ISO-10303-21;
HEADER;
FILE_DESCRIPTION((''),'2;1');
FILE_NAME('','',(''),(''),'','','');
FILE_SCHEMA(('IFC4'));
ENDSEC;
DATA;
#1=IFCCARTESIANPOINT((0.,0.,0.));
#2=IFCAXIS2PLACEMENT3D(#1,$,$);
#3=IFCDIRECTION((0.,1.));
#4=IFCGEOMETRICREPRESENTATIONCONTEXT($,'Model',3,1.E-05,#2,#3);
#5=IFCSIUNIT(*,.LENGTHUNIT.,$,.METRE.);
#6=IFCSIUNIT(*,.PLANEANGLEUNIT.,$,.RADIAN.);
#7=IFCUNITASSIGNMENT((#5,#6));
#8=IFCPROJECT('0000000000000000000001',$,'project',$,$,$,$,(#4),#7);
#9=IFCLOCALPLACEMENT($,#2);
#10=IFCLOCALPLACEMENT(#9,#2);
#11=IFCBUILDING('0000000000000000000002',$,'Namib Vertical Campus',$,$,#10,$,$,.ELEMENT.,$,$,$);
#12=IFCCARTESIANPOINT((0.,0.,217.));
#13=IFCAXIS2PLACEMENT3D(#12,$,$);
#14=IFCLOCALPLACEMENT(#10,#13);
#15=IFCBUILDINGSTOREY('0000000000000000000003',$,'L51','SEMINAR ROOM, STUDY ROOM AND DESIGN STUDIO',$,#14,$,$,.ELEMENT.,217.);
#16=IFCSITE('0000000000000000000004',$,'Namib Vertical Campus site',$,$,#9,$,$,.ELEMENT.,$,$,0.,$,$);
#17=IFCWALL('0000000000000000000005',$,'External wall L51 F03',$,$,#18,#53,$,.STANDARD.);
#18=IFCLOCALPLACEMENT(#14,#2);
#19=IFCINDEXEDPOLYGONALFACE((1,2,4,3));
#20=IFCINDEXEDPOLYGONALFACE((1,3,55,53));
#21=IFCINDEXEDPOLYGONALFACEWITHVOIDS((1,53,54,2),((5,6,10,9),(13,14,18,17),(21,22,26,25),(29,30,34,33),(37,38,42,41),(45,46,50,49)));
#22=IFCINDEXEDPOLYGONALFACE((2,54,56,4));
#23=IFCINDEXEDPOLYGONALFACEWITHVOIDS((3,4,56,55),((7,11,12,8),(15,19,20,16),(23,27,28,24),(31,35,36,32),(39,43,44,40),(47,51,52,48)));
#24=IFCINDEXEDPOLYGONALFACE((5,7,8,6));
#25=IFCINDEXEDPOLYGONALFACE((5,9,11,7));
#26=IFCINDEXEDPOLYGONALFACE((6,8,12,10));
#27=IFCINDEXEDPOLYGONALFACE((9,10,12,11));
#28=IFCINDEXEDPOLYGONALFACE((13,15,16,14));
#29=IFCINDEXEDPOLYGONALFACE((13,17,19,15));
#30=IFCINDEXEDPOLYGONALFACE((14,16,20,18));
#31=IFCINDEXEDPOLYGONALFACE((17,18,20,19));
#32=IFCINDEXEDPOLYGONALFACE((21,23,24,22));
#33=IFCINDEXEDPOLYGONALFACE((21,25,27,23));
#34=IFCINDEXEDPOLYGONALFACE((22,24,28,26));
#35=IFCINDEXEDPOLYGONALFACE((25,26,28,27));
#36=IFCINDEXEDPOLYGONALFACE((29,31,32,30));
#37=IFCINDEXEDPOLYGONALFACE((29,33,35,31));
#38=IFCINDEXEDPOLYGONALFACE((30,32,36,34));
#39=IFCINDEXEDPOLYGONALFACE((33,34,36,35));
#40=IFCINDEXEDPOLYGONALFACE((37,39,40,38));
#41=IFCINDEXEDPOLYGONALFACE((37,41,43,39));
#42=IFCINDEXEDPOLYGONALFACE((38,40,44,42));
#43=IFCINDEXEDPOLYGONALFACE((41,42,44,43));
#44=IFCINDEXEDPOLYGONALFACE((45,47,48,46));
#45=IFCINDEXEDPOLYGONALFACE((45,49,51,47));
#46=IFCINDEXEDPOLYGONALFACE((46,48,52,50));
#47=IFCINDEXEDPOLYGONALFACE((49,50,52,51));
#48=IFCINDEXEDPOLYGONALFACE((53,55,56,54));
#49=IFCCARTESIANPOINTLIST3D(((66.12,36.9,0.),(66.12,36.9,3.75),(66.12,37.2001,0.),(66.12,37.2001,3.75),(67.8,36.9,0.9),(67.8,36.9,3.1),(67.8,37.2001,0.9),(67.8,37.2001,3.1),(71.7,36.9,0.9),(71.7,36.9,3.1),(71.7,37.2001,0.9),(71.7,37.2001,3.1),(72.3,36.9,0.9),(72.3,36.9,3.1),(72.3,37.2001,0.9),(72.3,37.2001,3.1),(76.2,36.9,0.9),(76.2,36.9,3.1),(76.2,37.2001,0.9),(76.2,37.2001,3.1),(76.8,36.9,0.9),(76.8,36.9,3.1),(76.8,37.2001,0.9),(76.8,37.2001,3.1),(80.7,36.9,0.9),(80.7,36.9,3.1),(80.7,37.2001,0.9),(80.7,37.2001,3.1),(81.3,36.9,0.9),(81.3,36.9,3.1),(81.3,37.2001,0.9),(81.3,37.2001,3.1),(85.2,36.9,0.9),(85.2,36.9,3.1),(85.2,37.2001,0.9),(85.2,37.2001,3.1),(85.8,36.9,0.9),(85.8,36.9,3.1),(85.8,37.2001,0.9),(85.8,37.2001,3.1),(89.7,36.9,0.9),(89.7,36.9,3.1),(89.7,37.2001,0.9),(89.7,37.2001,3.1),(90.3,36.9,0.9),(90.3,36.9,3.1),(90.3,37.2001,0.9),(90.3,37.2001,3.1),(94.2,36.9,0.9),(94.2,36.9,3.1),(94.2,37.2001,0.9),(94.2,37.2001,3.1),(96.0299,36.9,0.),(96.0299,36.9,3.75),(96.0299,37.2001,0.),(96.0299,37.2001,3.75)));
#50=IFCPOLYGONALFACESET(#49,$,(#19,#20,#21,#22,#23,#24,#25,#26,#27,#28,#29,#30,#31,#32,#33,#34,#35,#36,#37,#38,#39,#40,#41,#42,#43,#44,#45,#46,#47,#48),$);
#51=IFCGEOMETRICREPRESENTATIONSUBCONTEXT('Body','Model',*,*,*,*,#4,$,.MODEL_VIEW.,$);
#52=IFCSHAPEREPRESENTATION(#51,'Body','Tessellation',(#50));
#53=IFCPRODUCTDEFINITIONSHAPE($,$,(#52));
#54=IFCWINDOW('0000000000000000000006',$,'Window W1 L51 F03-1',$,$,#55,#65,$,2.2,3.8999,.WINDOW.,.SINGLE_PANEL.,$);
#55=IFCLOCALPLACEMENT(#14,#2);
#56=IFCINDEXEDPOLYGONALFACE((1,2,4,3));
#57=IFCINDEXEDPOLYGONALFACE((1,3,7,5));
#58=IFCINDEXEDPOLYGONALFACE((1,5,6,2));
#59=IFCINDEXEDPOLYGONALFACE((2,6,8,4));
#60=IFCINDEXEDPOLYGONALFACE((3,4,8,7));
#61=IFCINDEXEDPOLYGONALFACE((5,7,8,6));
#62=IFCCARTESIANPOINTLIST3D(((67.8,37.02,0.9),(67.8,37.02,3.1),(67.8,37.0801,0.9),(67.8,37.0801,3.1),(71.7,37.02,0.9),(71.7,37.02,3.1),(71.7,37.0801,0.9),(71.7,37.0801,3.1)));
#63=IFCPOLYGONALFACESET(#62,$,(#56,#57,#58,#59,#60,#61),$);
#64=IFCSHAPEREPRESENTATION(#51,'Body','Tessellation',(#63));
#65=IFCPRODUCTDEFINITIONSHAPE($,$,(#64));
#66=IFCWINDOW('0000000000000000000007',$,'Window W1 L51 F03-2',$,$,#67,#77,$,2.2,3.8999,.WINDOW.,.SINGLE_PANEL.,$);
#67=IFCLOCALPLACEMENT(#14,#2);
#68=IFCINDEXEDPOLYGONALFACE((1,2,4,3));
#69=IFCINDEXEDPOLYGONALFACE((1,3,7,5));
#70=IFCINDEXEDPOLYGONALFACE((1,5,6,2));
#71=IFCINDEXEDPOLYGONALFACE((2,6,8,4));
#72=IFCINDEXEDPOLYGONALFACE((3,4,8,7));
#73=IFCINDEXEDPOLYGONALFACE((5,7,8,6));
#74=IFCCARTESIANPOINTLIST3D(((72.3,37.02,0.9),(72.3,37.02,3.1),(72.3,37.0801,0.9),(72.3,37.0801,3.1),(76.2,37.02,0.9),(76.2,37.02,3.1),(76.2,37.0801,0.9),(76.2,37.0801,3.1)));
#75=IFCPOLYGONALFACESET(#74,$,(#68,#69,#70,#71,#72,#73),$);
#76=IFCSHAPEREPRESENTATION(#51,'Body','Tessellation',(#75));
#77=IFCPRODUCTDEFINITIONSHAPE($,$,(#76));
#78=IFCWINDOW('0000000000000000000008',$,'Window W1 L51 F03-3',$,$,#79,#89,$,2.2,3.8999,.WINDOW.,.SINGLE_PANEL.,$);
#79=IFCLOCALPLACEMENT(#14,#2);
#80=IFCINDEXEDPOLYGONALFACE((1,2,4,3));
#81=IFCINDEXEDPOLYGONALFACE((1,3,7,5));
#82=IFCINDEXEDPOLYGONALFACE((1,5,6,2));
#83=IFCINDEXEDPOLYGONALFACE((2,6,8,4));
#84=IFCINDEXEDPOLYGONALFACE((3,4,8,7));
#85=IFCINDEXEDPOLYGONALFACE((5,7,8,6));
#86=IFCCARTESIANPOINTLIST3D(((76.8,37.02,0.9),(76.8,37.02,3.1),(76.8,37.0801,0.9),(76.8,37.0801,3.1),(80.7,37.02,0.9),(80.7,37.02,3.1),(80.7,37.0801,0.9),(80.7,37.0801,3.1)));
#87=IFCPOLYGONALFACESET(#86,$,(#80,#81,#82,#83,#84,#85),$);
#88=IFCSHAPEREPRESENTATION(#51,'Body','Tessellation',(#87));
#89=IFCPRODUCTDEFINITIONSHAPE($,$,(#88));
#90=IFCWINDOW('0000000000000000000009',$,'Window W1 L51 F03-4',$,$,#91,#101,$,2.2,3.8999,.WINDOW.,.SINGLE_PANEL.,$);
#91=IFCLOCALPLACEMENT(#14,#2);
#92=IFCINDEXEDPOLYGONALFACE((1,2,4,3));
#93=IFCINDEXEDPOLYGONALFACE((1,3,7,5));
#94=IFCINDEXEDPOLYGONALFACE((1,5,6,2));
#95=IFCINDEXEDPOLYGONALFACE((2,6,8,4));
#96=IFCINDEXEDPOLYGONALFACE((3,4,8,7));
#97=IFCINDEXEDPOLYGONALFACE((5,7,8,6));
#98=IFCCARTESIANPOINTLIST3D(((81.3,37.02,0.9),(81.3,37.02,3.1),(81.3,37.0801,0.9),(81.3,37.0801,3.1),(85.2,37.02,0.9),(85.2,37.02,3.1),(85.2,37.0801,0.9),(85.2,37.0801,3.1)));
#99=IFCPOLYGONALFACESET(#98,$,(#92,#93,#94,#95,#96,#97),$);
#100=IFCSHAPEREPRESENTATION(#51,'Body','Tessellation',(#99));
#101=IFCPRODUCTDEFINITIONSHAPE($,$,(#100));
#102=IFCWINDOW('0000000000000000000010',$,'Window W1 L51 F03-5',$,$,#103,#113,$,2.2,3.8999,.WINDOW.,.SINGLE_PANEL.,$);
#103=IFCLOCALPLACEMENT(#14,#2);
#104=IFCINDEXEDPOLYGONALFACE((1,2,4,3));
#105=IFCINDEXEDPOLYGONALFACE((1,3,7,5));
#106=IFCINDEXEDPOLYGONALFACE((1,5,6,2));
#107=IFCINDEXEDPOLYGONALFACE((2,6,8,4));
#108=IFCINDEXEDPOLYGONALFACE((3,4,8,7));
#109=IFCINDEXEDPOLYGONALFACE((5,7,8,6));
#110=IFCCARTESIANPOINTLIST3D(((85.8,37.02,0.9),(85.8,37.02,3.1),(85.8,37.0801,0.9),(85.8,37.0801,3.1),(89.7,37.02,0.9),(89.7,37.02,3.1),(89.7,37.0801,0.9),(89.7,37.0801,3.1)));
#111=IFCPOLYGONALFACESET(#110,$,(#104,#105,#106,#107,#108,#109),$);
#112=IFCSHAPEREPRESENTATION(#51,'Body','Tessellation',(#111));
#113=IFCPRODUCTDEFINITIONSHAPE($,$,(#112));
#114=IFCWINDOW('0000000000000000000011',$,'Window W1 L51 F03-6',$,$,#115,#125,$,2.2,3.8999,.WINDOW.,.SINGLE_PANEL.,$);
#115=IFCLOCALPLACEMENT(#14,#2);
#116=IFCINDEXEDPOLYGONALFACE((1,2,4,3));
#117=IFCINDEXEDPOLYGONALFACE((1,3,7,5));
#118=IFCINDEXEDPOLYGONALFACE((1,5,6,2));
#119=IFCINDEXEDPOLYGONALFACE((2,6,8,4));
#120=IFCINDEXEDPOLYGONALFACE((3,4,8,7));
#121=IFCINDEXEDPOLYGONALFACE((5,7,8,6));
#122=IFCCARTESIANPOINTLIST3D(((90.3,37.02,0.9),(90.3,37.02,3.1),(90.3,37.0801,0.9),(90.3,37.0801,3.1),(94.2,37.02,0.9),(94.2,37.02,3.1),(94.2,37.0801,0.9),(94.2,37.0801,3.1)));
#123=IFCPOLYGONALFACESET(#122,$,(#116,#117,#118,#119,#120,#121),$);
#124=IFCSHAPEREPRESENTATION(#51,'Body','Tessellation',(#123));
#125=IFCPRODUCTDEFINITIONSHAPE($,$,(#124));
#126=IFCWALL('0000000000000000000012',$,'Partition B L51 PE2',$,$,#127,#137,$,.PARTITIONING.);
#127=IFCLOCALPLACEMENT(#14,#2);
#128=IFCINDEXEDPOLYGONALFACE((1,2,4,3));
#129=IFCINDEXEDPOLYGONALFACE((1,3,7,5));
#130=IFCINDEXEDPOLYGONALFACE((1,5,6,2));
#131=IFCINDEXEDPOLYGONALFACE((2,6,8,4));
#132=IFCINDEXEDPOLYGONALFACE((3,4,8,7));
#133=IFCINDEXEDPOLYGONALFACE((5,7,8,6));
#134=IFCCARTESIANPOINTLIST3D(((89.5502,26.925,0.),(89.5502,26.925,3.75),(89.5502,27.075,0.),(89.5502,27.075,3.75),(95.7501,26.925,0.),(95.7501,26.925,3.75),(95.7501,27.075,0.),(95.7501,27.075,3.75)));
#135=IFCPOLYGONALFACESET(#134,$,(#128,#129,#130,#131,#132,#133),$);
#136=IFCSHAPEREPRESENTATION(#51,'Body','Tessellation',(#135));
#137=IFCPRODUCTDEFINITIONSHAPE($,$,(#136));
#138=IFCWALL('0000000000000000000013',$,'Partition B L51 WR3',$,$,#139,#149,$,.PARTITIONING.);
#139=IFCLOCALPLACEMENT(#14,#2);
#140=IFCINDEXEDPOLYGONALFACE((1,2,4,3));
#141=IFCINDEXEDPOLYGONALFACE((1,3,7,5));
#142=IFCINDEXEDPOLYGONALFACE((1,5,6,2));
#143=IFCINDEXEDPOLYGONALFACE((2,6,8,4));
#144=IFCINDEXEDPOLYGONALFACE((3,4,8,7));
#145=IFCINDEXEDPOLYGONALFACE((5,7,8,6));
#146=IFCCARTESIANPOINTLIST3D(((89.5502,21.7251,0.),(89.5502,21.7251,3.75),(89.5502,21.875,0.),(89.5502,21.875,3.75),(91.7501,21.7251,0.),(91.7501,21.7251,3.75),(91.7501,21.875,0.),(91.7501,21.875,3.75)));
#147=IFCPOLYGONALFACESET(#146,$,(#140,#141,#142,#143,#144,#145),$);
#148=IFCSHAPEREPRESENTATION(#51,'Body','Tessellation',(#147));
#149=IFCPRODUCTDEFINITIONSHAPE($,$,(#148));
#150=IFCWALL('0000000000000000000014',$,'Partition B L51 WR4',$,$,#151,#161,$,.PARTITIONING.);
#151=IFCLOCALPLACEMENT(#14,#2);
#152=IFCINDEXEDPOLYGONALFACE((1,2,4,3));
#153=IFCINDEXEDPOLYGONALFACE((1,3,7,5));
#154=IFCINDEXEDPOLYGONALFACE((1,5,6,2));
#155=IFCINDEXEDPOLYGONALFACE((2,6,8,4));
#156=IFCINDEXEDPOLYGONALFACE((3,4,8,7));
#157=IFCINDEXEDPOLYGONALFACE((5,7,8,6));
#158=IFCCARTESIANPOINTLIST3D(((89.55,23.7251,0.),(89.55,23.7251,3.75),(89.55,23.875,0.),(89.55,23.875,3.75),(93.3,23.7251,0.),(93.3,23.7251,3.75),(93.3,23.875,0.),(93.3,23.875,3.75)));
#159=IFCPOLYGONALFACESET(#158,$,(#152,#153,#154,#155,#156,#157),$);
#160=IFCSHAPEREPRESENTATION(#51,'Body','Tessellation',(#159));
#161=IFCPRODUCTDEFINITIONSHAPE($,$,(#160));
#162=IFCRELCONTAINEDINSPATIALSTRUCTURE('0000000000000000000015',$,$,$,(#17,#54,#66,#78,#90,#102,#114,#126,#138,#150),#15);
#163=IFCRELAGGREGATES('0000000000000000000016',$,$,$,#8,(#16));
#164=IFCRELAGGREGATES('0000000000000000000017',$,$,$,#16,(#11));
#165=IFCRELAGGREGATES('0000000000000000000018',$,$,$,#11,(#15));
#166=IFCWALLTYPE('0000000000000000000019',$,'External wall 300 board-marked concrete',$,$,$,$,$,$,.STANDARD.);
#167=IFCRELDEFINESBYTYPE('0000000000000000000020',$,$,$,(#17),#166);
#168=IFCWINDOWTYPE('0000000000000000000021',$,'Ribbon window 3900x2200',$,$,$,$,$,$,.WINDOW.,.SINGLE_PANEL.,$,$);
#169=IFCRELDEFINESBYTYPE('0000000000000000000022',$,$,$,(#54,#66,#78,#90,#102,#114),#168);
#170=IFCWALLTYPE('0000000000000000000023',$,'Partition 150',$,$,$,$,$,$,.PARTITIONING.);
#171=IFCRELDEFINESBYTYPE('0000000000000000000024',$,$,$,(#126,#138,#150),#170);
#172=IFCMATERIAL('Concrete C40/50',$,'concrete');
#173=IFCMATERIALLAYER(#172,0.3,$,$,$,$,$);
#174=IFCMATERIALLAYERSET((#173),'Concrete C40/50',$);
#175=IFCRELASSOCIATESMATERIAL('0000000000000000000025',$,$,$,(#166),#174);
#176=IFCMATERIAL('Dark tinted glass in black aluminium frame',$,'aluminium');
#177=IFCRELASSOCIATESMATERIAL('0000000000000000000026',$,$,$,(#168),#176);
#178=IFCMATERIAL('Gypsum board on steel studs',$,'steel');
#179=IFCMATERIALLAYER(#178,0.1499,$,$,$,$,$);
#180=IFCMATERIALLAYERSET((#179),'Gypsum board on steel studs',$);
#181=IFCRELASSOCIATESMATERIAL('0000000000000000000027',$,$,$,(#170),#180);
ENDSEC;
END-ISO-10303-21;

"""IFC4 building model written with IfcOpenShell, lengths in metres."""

from ifc_helpers import new_model, si_unit, direction, frame, frame_2d, origin, place, context, subcontext, project, spatial, rectangle, extrude, material, layer, layer_set, type_object, element, fill, save


model = new_model("IFC4")

# Units and contexts
model_context = context("Model", 3, precision=1e-05, world=origin(), true_north=direction((0.0, 1.0)))
body_context = subcontext(model_context, "Body", "Model", "MODEL_VIEW")
ifc_project = project(units=[si_unit("LENGTHUNIT", "METRE"), si_unit("PLANEANGLEUNIT", "RADIAN")], contexts=[model_context])

# Site, building, storey
site_placement = place(None, origin())
site = spatial("IfcSite", under=ifc_project, at=site_placement, Name="Namib Vertical Campus site", CompositionType="ELEMENT", RefElevation=0.0)
building_placement = place(site_placement, origin())
building = spatial("IfcBuilding", under=site, at=building_placement, Name="Namib Vertical Campus", CompositionType="ELEMENT")
storey_placement = place(building_placement, frame((0.0, 0.0, 217.0)))
storey = spatial("IfcBuildingStorey", under=building, at=storey_placement, Name="L51", Description="SEMINAR ROOM, STUDY ROOM AND DESIGN STUDIO", CompositionType="ELEMENT", Elevation=217.0)

# Wall, openings, windows
ifc_material_1 = material(Name="Concrete C40/50", Category="concrete")
ifc_layer_1 = layer(ifc_material_1, 0.3)
ifc_layer_set_1 = layer_set([ifc_layer_1], Name="Concrete C40/50")
wall_type_1 = type_object("IfcWallType", Name="External wall 300 board-marked concrete", PredefinedType="STANDARD", material=ifc_layer_set_1)
wall_1_placement = place(storey_placement, frame((96.03, 37.05, 0.0), z_axis=(0.0, 0.0, 1.0), x_axis=(-1.0, 0.0, 0.0)))
wall_1 = element("IfcWall", 1, at=wall_1_placement, inside=storey, type_object=wall_type_1, Name="External wall L51 F03", PredefinedType="STANDARD", context=body_context, shape_type="SweptSolid", body=[
    extrude(rectangle(XDim=29.9099, YDim=0.3, at=frame_2d((14.9551, 0.0))), origin(), (0.0, 0.0, 1.0), 3.75),
])
opening_1_placement = place(wall_1_placement, frame((24.3301, 0.0, 0.8999)))
opening_1 = element("IfcOpeningElement", 2, at=opening_1_placement, cuts=wall_1, PredefinedType="OPENING", context=body_context, shape_type="SweptSolid", body=[
    extrude(rectangle(XDim=3.8999, YDim=2.2, at=frame_2d((1.95, 1.1001))), frame((0.0, 0.1599, 0.0), z_axis=(0.0, -1.0, 0.0), x_axis=(1.0, 0.0, 0.0)), (0.0, 0.0, 1.0), 0.3201),
])
opening_2_placement = place(wall_1_placement, frame((19.8301, 0.0, 0.8999)))
opening_2 = element("IfcOpeningElement", 3, at=opening_2_placement, cuts=wall_1, PredefinedType="OPENING", context=body_context, shape_type="SweptSolid", body=[
    extrude(rectangle(XDim=3.8999, YDim=2.2, at=frame_2d((1.95, 1.1001))), frame((0.0, 0.1599, 0.0), z_axis=(0.0, -1.0, 0.0), x_axis=(1.0, 0.0, 0.0)), (0.0, 0.0, 1.0), 0.3201),
])
opening_3_placement = place(wall_1_placement, frame((15.3301, 0.0, 0.8999)))
opening_3 = element("IfcOpeningElement", 4, at=opening_3_placement, cuts=wall_1, PredefinedType="OPENING", context=body_context, shape_type="SweptSolid", body=[
    extrude(rectangle(XDim=3.8999, YDim=2.2, at=frame_2d((1.95, 1.1001))), frame((0.0, 0.1599, 0.0), z_axis=(0.0, -1.0, 0.0), x_axis=(1.0, 0.0, 0.0)), (0.0, 0.0, 1.0), 0.3201),
])
opening_4_placement = place(wall_1_placement, frame((10.8301, 0.0, 0.8999)))
opening_4 = element("IfcOpeningElement", 5, at=opening_4_placement, cuts=wall_1, PredefinedType="OPENING", context=body_context, shape_type="SweptSolid", body=[
    extrude(rectangle(XDim=3.8999, YDim=2.2, at=frame_2d((1.95, 1.1001))), frame((0.0, 0.1599, 0.0), z_axis=(0.0, -1.0, 0.0), x_axis=(1.0, 0.0, 0.0)), (0.0, 0.0, 1.0), 0.3201),
])
opening_5_placement = place(wall_1_placement, frame((6.3301, 0.0, 0.8999)))
opening_5 = element("IfcOpeningElement", 6, at=opening_5_placement, cuts=wall_1, PredefinedType="OPENING", context=body_context, shape_type="SweptSolid", body=[
    extrude(rectangle(XDim=3.8999, YDim=2.2, at=frame_2d((1.95, 1.1001))), frame((0.0, 0.1599, 0.0), z_axis=(0.0, -1.0, 0.0), x_axis=(1.0, 0.0, 0.0)), (0.0, 0.0, 1.0), 0.3201),
])
opening_6_placement = place(wall_1_placement, frame((1.8301, 0.0, 0.8999)))
opening_6 = element("IfcOpeningElement", 7, at=opening_6_placement, cuts=wall_1, PredefinedType="OPENING", context=body_context, shape_type="SweptSolid", body=[
    extrude(rectangle(XDim=3.8999, YDim=2.2, at=frame_2d((1.95, 1.1001))), frame((0.0, 0.1599, 0.0), z_axis=(0.0, -1.0, 0.0), x_axis=(1.0, 0.0, 0.0)), (0.0, 0.0, 1.0), 0.3201),
])
ifc_material_2 = material(Name="Dark tinted glass in black aluminium frame", Category="aluminium")
window_type = type_object("IfcWindowType", Name="Ribbon window 3900x2200", PartitioningType="SINGLE_PANEL", PredefinedType="WINDOW", material=ifc_material_2)
window_1_placement = place(opening_1_placement, origin())
window_1 = element("IfcWindow", 8, at=window_1_placement, inside=storey, type_object=window_type, Name="Window W1 L51 F03-1", OverallHeight=2.2, OverallWidth=3.8999, PartitioningType="SINGLE_PANEL", PredefinedType="WINDOW", context=body_context, shape_type="SweptSolid", body=[
    extrude(rectangle(XDim=3.8999, YDim=2.2, at=frame_2d((1.95, 1.1001))), frame((0.0, 0.03, 0.0), z_axis=(0.0, -1.0, 0.0), x_axis=(1.0, 0.0, 0.0)), (0.0, 0.0, 1.0), 0.0601),
])
fill(opening_1, window_1)
window_2_placement = place(opening_2_placement, origin())
window_2 = element("IfcWindow", 9, at=window_2_placement, inside=storey, type_object=window_type, Name="Window W1 L51 F03-2", OverallHeight=2.2, OverallWidth=3.8999, PartitioningType="SINGLE_PANEL", PredefinedType="WINDOW", context=body_context, shape_type="SweptSolid", body=[
    extrude(rectangle(XDim=3.8999, YDim=2.2, at=frame_2d((1.95, 1.1001))), frame((0.0, 0.03, 0.0), z_axis=(0.0, -1.0, 0.0), x_axis=(1.0, 0.0, 0.0)), (0.0, 0.0, 1.0), 0.0601),
])
fill(opening_2, window_2)
window_3_placement = place(opening_3_placement, origin())
window_3 = element("IfcWindow", 10, at=window_3_placement, inside=storey, type_object=window_type, Name="Window W1 L51 F03-3", OverallHeight=2.2, OverallWidth=3.8999, PartitioningType="SINGLE_PANEL", PredefinedType="WINDOW", context=body_context, shape_type="SweptSolid", body=[
    extrude(rectangle(XDim=3.8999, YDim=2.2, at=frame_2d((1.95, 1.1001))), frame((0.0, 0.03, 0.0), z_axis=(0.0, -1.0, 0.0), x_axis=(1.0, 0.0, 0.0)), (0.0, 0.0, 1.0), 0.0601),
])
fill(opening_3, window_3)
window_4_placement = place(opening_4_placement, origin())
window_4 = element("IfcWindow", 11, at=window_4_placement, inside=storey, type_object=window_type, Name="Window W1 L51 F03-4", OverallHeight=2.2, OverallWidth=3.8999, PartitioningType="SINGLE_PANEL", PredefinedType="WINDOW", context=body_context, shape_type="SweptSolid", body=[
    extrude(rectangle(XDim=3.8999, YDim=2.2, at=frame_2d((1.95, 1.1001))), frame((0.0, 0.03, 0.0), z_axis=(0.0, -1.0, 0.0), x_axis=(1.0, 0.0, 0.0)), (0.0, 0.0, 1.0), 0.0601),
])
fill(opening_4, window_4)
window_5_placement = place(opening_5_placement, origin())
window_5 = element("IfcWindow", 12, at=window_5_placement, inside=storey, type_object=window_type, Name="Window W1 L51 F03-5", OverallHeight=2.2, OverallWidth=3.8999, PartitioningType="SINGLE_PANEL", PredefinedType="WINDOW", context=body_context, shape_type="SweptSolid", body=[
    extrude(rectangle(XDim=3.8999, YDim=2.2, at=frame_2d((1.95, 1.1001))), frame((0.0, 0.03, 0.0), z_axis=(0.0, -1.0, 0.0), x_axis=(1.0, 0.0, 0.0)), (0.0, 0.0, 1.0), 0.0601),
])
fill(opening_5, window_5)
window_6_placement = place(opening_6_placement, origin())
window_6 = element("IfcWindow", 13, at=window_6_placement, inside=storey, type_object=window_type, Name="Window W1 L51 F03-6", OverallHeight=2.2, OverallWidth=3.8999, PartitioningType="SINGLE_PANEL", PredefinedType="WINDOW", context=body_context, shape_type="SweptSolid", body=[
    extrude(rectangle(XDim=3.8999, YDim=2.2, at=frame_2d((1.95, 1.1001))), frame((0.0, 0.03, 0.0), z_axis=(0.0, -1.0, 0.0), x_axis=(1.0, 0.0, 0.0)), (0.0, 0.0, 1.0), 0.0601),
])
fill(opening_6, window_6)

# Walls
ifc_material_3 = material(Name="Gypsum board on steel studs", Category="steel")
ifc_layer_2 = layer(ifc_material_3, 0.1499)
ifc_layer_set_2 = layer_set([ifc_layer_2], Name="Gypsum board on steel studs")
wall_type_2 = type_object("IfcWallType", Name="Partition 150", PredefinedType="PARTITIONING", material=ifc_layer_set_2)
wall_2_placement = place(storey_placement, frame((89.55, 27.0, 0.0), z_axis=(0.0, 0.0, 1.0), x_axis=(1.0, 0.0, 0.0)))
element("IfcWall", 14, at=wall_2_placement, inside=storey, type_object=wall_type_2, Name="Partition B L51 PE2", PredefinedType="PARTITIONING", context=body_context, shape_type="SweptSolid", body=[
    extrude(rectangle(XDim=6.2, YDim=0.1499, at=frame_2d((3.1001, 0.0))), origin(), (0.0, 0.0, 1.0), 3.75),
])
wall_3_placement = place(storey_placement, frame((89.55, 21.8, 0.0), z_axis=(0.0, 0.0, 1.0), x_axis=(1.0, 0.0, 0.0)))
element("IfcWall", 15, at=wall_3_placement, inside=storey, type_object=wall_type_2, Name="Partition B L51 WR3", PredefinedType="PARTITIONING", context=body_context, shape_type="SweptSolid", body=[
    extrude(rectangle(XDim=2.2, YDim=0.1499, at=frame_2d((1.1001, 0.0))), origin(), (0.0, 0.0, 1.0), 3.75),
])
wall_4_placement = place(storey_placement, frame((89.55, 23.8, 0.0), z_axis=(0.0, 0.0, 1.0), x_axis=(1.0, 0.0, 0.0)))
element("IfcWall", 16, at=wall_4_placement, inside=storey, type_object=wall_type_2, Name="Partition B L51 WR4", PredefinedType="PARTITIONING", context=body_context, shape_type="SweptSolid", body=[
    extrude(rectangle(XDim=3.75, YDim=0.1499, at=frame_2d((1.875, 0.0))), origin(), (0.0, 0.0, 1.0), 3.75),
])

save(model, "model.ifc")
